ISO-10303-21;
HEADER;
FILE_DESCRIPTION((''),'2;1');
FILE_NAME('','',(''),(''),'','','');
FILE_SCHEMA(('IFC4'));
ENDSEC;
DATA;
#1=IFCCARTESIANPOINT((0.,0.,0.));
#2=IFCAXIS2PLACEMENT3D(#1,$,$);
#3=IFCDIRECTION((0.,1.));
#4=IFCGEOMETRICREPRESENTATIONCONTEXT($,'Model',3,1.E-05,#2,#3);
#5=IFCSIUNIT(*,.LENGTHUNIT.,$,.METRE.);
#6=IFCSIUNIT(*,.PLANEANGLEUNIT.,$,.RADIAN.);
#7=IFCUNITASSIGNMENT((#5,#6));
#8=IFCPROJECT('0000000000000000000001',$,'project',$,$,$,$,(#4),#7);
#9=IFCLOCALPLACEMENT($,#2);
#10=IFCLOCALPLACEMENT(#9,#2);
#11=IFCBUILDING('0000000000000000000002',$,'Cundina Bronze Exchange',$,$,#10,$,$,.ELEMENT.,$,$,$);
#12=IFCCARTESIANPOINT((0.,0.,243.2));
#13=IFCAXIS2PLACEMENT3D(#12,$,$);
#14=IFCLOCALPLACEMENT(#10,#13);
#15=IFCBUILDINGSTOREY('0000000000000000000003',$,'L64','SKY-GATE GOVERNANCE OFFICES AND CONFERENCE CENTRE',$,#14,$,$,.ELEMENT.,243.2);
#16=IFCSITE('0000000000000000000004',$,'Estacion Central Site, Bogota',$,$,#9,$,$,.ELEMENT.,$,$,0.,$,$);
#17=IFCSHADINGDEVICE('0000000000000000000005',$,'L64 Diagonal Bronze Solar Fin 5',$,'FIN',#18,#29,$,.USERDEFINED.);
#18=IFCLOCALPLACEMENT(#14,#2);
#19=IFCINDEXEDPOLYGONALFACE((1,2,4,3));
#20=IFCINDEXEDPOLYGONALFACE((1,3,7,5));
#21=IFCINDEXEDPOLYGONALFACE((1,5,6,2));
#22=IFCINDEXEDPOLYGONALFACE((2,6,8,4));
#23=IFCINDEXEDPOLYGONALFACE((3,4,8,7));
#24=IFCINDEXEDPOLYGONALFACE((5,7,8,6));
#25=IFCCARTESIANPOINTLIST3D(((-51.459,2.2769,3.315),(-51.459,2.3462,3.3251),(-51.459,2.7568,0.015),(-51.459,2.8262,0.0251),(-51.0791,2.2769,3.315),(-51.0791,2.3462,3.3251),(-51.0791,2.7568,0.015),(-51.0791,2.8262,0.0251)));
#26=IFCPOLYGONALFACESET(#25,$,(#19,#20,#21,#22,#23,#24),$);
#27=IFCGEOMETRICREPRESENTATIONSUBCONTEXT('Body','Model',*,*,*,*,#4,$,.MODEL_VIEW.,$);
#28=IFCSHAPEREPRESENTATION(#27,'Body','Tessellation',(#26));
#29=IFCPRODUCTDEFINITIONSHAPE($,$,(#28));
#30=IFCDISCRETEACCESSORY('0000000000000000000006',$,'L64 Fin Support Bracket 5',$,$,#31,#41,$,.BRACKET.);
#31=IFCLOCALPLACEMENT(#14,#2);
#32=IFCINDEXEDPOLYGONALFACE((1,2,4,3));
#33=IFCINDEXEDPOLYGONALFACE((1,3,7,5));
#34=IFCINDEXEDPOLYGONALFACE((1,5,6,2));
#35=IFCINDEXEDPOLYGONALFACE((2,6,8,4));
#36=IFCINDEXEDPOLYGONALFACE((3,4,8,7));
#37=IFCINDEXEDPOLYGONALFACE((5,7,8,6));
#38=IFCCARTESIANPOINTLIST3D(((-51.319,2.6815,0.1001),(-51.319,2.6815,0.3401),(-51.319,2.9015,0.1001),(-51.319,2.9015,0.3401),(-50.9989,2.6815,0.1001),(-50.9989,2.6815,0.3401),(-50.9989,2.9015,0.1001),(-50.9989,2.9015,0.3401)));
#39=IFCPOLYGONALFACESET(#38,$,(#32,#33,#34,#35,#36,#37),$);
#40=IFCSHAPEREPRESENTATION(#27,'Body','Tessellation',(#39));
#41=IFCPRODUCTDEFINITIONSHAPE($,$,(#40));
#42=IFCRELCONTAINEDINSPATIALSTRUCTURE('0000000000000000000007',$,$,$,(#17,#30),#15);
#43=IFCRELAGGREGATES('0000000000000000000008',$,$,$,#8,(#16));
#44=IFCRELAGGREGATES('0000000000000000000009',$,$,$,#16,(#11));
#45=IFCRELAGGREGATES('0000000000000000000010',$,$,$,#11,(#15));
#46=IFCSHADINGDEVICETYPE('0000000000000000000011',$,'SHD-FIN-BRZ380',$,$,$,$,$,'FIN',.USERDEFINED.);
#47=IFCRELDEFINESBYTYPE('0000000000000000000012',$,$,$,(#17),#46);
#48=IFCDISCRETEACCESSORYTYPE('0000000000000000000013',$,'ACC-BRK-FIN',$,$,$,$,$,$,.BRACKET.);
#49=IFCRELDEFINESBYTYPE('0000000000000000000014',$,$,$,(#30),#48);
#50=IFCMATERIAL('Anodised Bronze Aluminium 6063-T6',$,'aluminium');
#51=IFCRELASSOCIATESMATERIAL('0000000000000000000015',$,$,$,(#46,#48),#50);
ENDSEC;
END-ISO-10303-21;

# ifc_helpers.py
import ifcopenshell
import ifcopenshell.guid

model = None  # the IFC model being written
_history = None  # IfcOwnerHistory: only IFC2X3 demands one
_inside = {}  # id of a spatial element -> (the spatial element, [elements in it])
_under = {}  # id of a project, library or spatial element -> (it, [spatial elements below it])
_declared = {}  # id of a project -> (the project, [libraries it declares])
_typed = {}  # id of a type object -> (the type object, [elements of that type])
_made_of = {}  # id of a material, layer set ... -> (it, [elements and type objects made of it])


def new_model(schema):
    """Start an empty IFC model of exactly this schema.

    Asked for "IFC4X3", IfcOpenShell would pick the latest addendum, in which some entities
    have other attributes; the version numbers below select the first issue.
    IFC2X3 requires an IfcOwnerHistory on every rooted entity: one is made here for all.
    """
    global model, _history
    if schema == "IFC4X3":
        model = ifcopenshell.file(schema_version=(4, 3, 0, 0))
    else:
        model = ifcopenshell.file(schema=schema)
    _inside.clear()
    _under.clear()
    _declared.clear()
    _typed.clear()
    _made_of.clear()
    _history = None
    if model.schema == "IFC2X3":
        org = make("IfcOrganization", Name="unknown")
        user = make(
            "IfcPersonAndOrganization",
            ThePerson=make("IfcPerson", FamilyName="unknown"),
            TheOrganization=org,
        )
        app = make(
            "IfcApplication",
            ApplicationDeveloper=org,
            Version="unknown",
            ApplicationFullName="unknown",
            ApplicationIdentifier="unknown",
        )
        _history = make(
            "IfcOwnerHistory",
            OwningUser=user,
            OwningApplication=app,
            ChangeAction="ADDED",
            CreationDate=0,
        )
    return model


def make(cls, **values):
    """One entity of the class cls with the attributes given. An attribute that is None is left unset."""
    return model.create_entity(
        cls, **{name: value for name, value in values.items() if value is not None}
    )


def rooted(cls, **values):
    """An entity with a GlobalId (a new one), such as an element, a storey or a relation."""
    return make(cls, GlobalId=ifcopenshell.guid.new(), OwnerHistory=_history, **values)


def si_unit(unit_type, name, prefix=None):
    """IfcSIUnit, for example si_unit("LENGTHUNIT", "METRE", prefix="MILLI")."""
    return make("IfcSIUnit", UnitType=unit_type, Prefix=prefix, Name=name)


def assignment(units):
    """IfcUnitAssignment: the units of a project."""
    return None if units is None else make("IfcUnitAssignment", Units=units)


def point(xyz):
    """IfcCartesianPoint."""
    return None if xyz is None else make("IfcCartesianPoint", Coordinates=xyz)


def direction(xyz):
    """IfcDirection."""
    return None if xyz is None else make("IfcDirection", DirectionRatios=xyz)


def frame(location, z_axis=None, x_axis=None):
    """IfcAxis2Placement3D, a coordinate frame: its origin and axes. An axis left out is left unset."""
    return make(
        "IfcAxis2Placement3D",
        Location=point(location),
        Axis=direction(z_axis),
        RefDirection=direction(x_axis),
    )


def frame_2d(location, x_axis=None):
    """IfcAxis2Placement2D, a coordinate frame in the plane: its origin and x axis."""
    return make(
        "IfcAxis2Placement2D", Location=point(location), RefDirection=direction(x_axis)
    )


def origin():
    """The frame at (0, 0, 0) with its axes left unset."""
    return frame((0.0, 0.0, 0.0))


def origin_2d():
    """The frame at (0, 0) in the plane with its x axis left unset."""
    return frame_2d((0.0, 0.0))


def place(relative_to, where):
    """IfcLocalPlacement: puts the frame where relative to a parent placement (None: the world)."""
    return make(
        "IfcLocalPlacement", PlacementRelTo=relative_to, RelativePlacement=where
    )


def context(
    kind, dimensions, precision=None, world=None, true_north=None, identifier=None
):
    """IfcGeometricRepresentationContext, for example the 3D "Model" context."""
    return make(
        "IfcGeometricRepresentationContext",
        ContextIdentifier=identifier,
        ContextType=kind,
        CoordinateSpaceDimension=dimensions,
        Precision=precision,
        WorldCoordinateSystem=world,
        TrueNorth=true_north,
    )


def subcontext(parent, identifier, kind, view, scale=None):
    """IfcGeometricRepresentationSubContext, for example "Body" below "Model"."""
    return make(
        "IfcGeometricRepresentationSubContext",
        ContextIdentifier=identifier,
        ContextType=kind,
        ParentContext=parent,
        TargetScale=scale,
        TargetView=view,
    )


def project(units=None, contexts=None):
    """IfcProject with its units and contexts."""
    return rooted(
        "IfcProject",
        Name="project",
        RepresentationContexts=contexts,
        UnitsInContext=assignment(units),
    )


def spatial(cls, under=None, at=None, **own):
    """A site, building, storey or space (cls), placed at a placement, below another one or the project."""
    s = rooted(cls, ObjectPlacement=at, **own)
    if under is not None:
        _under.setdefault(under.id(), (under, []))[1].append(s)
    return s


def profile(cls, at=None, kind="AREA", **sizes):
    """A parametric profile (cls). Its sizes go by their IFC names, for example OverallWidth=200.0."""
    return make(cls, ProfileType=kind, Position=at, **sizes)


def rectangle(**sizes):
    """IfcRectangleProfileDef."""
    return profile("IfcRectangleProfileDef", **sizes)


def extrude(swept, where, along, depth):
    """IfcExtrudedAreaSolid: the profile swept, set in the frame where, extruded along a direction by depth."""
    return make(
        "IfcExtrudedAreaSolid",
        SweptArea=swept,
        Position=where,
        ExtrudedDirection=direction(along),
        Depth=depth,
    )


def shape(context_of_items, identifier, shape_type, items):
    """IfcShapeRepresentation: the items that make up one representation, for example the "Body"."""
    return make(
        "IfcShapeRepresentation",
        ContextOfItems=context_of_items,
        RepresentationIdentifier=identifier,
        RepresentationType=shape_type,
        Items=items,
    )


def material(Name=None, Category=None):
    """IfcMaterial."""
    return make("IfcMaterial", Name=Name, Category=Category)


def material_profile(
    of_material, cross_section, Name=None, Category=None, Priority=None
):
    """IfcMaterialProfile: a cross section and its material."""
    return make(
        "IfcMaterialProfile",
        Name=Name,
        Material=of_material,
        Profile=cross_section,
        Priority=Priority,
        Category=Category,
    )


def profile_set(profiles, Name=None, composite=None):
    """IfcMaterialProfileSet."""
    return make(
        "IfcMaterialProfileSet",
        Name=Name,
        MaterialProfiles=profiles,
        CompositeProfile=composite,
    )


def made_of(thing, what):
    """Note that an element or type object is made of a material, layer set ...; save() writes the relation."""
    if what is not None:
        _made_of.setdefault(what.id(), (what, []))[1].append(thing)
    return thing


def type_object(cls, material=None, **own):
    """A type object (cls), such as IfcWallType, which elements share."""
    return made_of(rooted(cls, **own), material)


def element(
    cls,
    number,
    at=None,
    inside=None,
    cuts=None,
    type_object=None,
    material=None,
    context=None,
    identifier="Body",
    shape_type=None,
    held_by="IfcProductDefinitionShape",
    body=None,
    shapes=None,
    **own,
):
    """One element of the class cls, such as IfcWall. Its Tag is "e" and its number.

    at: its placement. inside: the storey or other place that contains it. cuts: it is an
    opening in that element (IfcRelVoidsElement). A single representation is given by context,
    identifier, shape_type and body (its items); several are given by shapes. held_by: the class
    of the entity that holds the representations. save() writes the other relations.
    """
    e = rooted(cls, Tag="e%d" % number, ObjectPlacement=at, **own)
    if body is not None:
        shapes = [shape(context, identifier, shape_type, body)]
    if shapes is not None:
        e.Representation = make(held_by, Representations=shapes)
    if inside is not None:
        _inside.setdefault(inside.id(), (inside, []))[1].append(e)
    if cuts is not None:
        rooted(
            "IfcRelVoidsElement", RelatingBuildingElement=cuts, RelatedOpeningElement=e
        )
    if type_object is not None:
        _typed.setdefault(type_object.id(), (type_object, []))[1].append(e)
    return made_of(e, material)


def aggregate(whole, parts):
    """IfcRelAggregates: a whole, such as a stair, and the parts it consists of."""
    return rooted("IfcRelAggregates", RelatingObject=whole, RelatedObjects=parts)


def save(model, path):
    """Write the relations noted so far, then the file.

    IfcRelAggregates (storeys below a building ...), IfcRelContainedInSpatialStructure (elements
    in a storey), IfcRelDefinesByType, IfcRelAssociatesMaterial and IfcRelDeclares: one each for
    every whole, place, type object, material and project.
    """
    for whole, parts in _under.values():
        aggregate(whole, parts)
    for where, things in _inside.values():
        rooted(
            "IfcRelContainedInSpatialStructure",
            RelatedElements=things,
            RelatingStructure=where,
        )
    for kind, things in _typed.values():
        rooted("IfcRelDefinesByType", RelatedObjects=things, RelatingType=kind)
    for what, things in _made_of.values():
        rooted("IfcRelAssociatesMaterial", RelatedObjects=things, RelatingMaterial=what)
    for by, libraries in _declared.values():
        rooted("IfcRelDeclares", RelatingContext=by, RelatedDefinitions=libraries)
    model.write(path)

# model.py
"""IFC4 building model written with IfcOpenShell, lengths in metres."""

from ifc_helpers import new_model, si_unit, direction, frame, origin, origin_2d, place, context, subcontext, project, spatial, rectangle, extrude, material, material_profile, profile_set, type_object, element, save


model = new_model("IFC4")

# Units and contexts
model_context = context("Model", 3, precision=1e-05, world=origin(), true_north=direction((0.0, 1.0)))
body_context = subcontext(model_context, "Body", "Model", "MODEL_VIEW")
ifc_project = project(units=[si_unit("LENGTHUNIT", "METRE"), si_unit("PLANEANGLEUNIT", "RADIAN")], contexts=[model_context])

# Site, building, storey
site_placement = place(None, origin())
site = spatial("IfcSite", under=ifc_project, at=site_placement, Name="Estacion Central Site, Bogota", CompositionType="ELEMENT", RefElevation=0.0)
building_placement = place(site_placement, origin())
building = spatial("IfcBuilding", under=site, at=building_placement, Name="Cundina Bronze Exchange", CompositionType="ELEMENT")
storey_placement = place(building_placement, frame((0.0, 0.0, 243.2)))
storey = spatial("IfcBuildingStorey", under=building, at=storey_placement, Name="L64", Description="SKY-GATE GOVERNANCE OFFICES AND CONFERENCE CENTRE", CompositionType="ELEMENT", Elevation=243.2)

# Shared definitions
ifc_material_1 = material(Name="Anodised Bronze Aluminium 6063-T6", Category="aluminium")

# Shading device
ifc_material_profile_1 = material_profile(ifc_material_1, rectangle(XDim=0.0701, YDim=0.3799, at=origin_2d()), Name="FIN70X380", Category="aluminium")
ifc_profile_set_1 = profile_set([ifc_material_profile_1], Name="Anodised Bronze Aluminium 6063-T6")
shading_device_type = type_object("IfcShadingDeviceType", Name="SHD-FIN-BRZ380", ElementType="FIN", PredefinedType="USERDEFINED", material=ifc_profile_set_1)
shading_device_placement = place(storey_placement, frame((-51.269, 2.7915, 0.02), z_axis=(0.0, -0.143932, 0.989588), x_axis=(0.0, 0.989588, 0.143932)))
element("IfcShadingDevice", 1, at=shading_device_placement, inside=storey, type_object=shading_device_type, Name="L64 Diagonal Bronze Solar Fin 5", ObjectType="FIN", PredefinedType="USERDEFINED", context=body_context, shape_type="SweptSolid", body=[
    extrude(rectangle(XDim=0.0701, YDim=0.3799, at=origin_2d()), origin(), (0.0, 0.0, 1.0), 3.3347),
])

# Discrete accessory
discrete_accessory_type = type_object("IfcDiscreteAccessoryType", Name="ACC-BRK-FIN", PredefinedType="BRACKET", material=ifc_material_1)
discrete_accessory_placement = place(storey_placement, frame((-51.1589, 2.7915, 0.1001), z_axis=(0.0, 0.0, 1.0), x_axis=(0.0, -1.0, 0.0)))
element("IfcDiscreteAccessory", 2, at=discrete_accessory_placement, inside=storey, type_object=discrete_accessory_type, Name="L64 Fin Support Bracket 5", PredefinedType="BRACKET", context=body_context, shape_type="SweptSolid", body=[
    extrude(rectangle(XDim=0.22, YDim=0.3201, at=origin_2d()), origin(), (0.0, 0.0, 1.0), 0.24),
])

save(model, "model.ifc")
